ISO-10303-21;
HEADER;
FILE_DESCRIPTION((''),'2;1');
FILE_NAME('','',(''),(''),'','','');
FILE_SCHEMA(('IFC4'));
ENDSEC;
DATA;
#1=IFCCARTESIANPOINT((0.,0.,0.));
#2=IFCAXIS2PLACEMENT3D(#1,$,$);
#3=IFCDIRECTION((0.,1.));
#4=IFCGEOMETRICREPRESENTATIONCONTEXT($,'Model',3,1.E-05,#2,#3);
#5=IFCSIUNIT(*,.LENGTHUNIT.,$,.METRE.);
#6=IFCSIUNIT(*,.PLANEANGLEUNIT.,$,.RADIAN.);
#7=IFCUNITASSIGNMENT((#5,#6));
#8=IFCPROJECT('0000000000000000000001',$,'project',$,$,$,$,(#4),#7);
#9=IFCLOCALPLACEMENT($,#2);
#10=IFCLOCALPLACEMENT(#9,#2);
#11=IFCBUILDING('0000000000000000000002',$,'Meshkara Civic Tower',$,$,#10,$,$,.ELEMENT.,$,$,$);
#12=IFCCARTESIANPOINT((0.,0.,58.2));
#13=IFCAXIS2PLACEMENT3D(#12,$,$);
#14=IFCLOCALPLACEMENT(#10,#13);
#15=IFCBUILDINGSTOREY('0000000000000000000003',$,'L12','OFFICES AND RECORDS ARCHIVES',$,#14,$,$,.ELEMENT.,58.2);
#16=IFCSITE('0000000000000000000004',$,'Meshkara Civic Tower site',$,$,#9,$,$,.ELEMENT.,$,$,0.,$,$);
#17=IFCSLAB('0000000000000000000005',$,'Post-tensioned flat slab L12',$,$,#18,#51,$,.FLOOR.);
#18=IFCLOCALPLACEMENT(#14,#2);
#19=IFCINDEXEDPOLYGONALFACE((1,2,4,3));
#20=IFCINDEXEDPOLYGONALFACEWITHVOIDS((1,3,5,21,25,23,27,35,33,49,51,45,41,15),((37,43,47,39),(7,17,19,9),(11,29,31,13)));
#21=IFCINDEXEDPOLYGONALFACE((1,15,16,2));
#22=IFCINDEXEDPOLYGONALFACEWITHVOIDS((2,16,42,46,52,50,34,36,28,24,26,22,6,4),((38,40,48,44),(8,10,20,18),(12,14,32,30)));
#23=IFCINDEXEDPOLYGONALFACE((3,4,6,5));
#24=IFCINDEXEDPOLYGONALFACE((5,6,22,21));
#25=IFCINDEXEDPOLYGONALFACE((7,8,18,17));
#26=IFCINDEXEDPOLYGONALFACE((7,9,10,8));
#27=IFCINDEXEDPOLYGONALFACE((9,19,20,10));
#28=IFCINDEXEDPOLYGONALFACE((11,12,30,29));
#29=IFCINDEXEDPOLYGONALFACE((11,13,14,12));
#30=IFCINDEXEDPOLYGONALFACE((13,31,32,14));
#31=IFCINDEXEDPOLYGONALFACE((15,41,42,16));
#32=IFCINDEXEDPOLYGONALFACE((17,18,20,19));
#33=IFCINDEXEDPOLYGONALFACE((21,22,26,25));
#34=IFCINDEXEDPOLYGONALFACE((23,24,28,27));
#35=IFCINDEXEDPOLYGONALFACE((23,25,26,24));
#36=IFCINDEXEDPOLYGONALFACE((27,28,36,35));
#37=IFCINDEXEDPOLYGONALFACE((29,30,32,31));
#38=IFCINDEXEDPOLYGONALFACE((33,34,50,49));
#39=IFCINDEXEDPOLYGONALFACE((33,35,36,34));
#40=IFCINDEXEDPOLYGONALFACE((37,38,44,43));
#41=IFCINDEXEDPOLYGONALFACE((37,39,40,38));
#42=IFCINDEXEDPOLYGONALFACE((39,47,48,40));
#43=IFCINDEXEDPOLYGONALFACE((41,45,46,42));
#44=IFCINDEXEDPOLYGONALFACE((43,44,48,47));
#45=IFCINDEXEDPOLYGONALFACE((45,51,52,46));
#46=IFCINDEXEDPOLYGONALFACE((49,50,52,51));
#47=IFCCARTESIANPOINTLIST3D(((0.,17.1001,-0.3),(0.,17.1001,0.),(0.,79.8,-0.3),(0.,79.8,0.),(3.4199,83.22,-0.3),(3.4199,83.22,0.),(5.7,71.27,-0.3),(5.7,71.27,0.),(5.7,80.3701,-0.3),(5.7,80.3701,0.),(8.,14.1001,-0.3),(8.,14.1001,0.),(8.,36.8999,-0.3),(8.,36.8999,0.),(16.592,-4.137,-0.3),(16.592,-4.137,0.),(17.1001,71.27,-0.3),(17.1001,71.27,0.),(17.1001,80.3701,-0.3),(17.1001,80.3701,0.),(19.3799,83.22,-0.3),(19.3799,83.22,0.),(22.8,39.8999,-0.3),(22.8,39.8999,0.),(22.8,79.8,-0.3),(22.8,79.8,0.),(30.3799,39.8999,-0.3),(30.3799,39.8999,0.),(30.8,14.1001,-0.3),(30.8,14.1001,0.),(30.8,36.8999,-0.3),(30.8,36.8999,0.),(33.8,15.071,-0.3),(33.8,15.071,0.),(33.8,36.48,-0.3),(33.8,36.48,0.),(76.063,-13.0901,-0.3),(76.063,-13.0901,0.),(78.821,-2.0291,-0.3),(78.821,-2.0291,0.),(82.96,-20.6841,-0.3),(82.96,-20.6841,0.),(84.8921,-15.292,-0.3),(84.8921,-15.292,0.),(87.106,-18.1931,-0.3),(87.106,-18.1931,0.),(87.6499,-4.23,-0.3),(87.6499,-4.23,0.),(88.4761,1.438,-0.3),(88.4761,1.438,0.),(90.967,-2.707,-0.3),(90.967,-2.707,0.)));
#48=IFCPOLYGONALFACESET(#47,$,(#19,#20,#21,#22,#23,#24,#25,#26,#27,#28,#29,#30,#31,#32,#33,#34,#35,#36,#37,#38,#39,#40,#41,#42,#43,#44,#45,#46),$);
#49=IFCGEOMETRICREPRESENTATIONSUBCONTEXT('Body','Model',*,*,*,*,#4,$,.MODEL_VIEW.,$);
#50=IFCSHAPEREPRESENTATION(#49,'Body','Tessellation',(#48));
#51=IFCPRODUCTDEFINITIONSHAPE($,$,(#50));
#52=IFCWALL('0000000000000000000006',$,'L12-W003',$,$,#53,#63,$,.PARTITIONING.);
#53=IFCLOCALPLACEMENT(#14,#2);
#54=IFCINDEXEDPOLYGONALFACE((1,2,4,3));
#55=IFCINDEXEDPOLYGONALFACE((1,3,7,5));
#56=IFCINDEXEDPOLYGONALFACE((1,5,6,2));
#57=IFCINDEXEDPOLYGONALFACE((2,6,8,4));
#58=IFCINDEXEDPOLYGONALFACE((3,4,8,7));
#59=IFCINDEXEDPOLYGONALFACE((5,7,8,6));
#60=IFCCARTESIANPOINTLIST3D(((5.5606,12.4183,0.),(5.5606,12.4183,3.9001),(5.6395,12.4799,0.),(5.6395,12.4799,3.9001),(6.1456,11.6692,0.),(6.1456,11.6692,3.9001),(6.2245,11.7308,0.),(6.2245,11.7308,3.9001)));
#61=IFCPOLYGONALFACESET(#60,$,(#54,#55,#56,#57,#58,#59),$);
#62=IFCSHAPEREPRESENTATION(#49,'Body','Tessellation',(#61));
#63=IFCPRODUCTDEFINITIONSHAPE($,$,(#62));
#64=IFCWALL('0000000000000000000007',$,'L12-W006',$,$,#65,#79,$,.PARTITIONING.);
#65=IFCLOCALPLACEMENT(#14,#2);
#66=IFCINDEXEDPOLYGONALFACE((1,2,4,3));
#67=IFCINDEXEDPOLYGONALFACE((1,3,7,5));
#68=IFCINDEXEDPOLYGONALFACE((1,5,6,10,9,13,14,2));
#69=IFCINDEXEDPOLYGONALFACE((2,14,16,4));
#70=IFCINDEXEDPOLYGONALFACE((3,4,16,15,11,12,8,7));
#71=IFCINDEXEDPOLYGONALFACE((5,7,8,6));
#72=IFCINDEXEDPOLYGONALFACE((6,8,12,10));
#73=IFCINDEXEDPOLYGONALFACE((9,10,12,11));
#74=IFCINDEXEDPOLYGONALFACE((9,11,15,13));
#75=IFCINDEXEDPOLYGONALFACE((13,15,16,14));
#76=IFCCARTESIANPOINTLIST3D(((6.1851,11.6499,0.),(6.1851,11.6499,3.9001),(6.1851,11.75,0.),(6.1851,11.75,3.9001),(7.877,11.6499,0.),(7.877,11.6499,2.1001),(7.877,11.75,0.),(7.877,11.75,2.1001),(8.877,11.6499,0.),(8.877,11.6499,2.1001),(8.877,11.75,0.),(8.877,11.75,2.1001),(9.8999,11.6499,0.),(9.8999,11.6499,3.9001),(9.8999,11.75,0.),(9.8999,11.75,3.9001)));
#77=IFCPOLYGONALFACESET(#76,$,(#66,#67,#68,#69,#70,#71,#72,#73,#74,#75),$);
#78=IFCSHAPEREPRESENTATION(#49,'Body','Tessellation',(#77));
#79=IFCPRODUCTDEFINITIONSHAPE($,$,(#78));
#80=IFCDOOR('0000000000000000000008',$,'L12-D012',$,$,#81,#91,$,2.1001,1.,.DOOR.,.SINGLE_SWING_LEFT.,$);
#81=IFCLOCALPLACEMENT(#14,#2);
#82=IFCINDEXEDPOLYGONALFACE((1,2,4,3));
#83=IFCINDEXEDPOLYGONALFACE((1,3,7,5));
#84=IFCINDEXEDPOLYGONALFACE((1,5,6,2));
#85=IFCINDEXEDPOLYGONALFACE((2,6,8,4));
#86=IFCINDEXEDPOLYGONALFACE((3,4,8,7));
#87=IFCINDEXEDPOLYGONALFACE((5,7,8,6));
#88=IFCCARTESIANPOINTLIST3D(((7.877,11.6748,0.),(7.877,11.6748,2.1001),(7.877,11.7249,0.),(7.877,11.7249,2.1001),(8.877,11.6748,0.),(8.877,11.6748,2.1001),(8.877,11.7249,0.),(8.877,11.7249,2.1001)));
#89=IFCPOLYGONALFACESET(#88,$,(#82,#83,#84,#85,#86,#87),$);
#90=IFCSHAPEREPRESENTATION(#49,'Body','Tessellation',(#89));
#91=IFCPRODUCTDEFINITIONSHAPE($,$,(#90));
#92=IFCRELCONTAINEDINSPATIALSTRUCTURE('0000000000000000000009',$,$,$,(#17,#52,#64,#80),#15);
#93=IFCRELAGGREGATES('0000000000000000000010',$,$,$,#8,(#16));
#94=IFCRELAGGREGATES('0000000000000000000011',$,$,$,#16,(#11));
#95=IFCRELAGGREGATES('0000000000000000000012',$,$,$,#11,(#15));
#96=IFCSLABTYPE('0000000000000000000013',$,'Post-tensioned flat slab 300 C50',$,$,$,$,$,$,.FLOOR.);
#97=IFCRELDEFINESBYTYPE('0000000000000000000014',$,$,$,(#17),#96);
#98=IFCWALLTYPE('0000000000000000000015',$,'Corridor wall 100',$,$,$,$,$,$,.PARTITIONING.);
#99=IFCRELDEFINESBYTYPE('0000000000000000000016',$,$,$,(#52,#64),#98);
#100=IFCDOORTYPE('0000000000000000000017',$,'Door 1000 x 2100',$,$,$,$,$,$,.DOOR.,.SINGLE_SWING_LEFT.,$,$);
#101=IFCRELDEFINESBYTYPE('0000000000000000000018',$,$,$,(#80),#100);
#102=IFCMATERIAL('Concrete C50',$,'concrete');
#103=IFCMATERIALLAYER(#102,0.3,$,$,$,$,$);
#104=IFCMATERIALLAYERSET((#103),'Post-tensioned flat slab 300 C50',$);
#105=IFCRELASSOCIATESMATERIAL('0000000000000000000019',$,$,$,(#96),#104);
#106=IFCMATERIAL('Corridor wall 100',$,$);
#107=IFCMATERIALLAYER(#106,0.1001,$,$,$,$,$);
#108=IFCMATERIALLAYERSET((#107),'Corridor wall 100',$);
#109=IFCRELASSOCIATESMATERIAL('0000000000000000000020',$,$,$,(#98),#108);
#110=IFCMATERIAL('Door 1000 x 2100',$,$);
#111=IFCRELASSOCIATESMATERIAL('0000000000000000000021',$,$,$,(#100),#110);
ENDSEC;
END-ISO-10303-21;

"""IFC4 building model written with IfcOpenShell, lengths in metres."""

from ifc_helpers import new_model, si_unit, direction, frame, frame_2d, origin, place, context, subcontext, project, spatial, polyline, rectangle, outline, extrude, material, layer, layer_set, type_object, element, fill, save


model = new_model("IFC4")

# Units and contexts
model_context = context("Model", 3, precision=1e-05, world=origin(), true_north=direction((0.0, 1.0)))
body_context = subcontext(model_context, "Body", "Model", "MODEL_VIEW")
ifc_project = project(units=[si_unit("LENGTHUNIT", "METRE"), si_unit("PLANEANGLEUNIT", "RADIAN")], contexts=[model_context])

# Site, building, storey
site_placement = place(None, origin())
site = spatial("IfcSite", under=ifc_project, at=site_placement, Name="Meshkara Civic Tower site", CompositionType="ELEMENT", RefElevation=0.0)
building_placement = place(site_placement, origin())
building = spatial("IfcBuilding", under=site, at=building_placement, Name="Meshkara Civic Tower", CompositionType="ELEMENT")
storey_placement = place(building_placement, frame((0.0, 0.0, 58.2)))
storey = spatial("IfcBuildingStorey", under=building, at=storey_placement, Name="L12", Description="OFFICES AND RECORDS ARCHIVES", CompositionType="ELEMENT", Elevation=58.2)

# Slab
ifc_material_1 = material(Name="Concrete C50", Category="concrete")
ifc_layer_1 = layer(ifc_material_1, 0.3)
ifc_layer_set_1 = layer_set([ifc_layer_1], Name="Post-tensioned flat slab 300 C50")
slab_type_1 = type_object("IfcSlabType", Name="Post-tensioned flat slab 300 C50", PredefinedType="FLOOR", material=ifc_layer_set_1)
slab_1_placement = place(storey_placement, frame((0.0, 0.0, -0.3)))
element("IfcSlab", 1, at=slab_1_placement, inside=storey, type_object=slab_type_1, Name="Post-tensioned flat slab L12", PredefinedType="FLOOR", context=body_context, shape_type="SweptSolid", body=[
    extrude(outline(polyline([(87.106, -18.1931), (82.96, -20.6841), (16.592, -4.137), (0.0, 17.1001), (0.0, 79.8), (3.4199, 83.22), (19.3799, 83.22), (22.8, 79.8), (22.8, 39.8999), (30.3799, 39.8999), (33.8, 36.48), (33.8, 15.071), (88.4761, 1.438), (90.967, -2.707), (87.106, -18.1931)]), holes=[polyline([(84.8921, -15.292), (87.6499, -4.23), (78.821, -2.0291), (76.063, -13.0901), (84.8921, -15.292)]), polyline([(8.0, 14.1001), (30.8, 14.1001), (30.8, 36.8999), (8.0, 36.8999), (8.0, 14.1001)]), polyline([(5.7, 80.3701), (5.7, 71.27), (17.1001, 71.27), (17.1001, 80.3701), (5.7, 80.3701)])]), origin(), (0.0, 0.0, 1.0), 0.3),
])

# Wall
ifc_material_2 = material(Name="Corridor wall 100")
ifc_layer_2 = layer(ifc_material_2, 0.1001)
ifc_layer_set_2 = layer_set([ifc_layer_2], Name="Corridor wall 100")
wall_type_1 = type_object("IfcWallType", Name="Corridor wall 100", PredefinedType="PARTITIONING", material=ifc_layer_set_2)
wall_1_placement = place(storey_placement, frame((5.6001, 12.449, 0.0), z_axis=(0.0, 0.0, 1.0), x_axis=(0.615504, -0.788133, 0.0)))
element("IfcWall", 2, at=wall_1_placement, inside=storey, type_object=wall_type_1, Name="L12-W003", PredefinedType="PARTITIONING", context=body_context, shape_type="SweptSolid", body=[
    extrude(rectangle(XDim=0.9504, YDim=0.1001, at=frame_2d((0.4751, 0.0))), origin(), (0.0, 0.0, 1.0), 3.9001),
])

# Wall, opening, door
wall_2_placement = place(storey_placement, frame((6.1851, 11.7, 0.0), z_axis=(0.0, 0.0, 1.0), x_axis=(1.0, 0.0, 0.0)))
wall_2 = element("IfcWall", 3, at=wall_2_placement, inside=storey, type_object=wall_type_1, Name="L12-W006", PredefinedType="PARTITIONING", context=body_context, shape_type="SweptSolid", body=[
    extrude(rectangle(XDim=3.7148, YDim=0.1001, at=frame_2d((1.8574, 0.0))), origin(), (0.0, 0.0, 1.0), 3.9001),
])
opening_1_placement = place(wall_2_placement, frame((1.6919, 0.0, 0.0)))
opening_1 = element("IfcOpeningElement", 4, at=opening_1_placement, cuts=wall_2, PredefinedType="OPENING", context=body_context, shape_type="SweptSolid", body=[
    extrude(rectangle(XDim=1.0, YDim=2.1001, at=frame_2d((0.5, 1.05))), frame((0.0, 0.0601, 0.0), z_axis=(0.0, -1.0, 0.0), x_axis=(1.0, 0.0, 0.0)), (0.0, 0.0, 1.0), 0.1201),
])
ifc_material_3 = material(Name="Door 1000 x 2100")
door_type_1 = type_object("IfcDoorType", Name="Door 1000 x 2100", OperationType="SINGLE_SWING_LEFT", PredefinedType="DOOR", material=ifc_material_3)
door_1_placement = place(opening_1_placement, origin())
door_1 = element("IfcDoor", 5, at=door_1_placement, inside=storey, type_object=door_type_1, Name="L12-D012", OperationType="SINGLE_SWING_LEFT", OverallHeight=2.1001, OverallWidth=1.0, PredefinedType="DOOR", context=body_context, shape_type="SweptSolid", body=[
    extrude(rectangle(XDim=1.0, YDim=2.1001, at=frame_2d((0.5, 1.05))), frame((0.0, 0.0249, 0.0), z_axis=(0.0, -1.0, 0.0), x_axis=(1.0, 0.0, 0.0)), (0.0, 0.0, 1.0), 0.05),
])
fill(opening_1, door_1)

save(model, "model.ifc")
